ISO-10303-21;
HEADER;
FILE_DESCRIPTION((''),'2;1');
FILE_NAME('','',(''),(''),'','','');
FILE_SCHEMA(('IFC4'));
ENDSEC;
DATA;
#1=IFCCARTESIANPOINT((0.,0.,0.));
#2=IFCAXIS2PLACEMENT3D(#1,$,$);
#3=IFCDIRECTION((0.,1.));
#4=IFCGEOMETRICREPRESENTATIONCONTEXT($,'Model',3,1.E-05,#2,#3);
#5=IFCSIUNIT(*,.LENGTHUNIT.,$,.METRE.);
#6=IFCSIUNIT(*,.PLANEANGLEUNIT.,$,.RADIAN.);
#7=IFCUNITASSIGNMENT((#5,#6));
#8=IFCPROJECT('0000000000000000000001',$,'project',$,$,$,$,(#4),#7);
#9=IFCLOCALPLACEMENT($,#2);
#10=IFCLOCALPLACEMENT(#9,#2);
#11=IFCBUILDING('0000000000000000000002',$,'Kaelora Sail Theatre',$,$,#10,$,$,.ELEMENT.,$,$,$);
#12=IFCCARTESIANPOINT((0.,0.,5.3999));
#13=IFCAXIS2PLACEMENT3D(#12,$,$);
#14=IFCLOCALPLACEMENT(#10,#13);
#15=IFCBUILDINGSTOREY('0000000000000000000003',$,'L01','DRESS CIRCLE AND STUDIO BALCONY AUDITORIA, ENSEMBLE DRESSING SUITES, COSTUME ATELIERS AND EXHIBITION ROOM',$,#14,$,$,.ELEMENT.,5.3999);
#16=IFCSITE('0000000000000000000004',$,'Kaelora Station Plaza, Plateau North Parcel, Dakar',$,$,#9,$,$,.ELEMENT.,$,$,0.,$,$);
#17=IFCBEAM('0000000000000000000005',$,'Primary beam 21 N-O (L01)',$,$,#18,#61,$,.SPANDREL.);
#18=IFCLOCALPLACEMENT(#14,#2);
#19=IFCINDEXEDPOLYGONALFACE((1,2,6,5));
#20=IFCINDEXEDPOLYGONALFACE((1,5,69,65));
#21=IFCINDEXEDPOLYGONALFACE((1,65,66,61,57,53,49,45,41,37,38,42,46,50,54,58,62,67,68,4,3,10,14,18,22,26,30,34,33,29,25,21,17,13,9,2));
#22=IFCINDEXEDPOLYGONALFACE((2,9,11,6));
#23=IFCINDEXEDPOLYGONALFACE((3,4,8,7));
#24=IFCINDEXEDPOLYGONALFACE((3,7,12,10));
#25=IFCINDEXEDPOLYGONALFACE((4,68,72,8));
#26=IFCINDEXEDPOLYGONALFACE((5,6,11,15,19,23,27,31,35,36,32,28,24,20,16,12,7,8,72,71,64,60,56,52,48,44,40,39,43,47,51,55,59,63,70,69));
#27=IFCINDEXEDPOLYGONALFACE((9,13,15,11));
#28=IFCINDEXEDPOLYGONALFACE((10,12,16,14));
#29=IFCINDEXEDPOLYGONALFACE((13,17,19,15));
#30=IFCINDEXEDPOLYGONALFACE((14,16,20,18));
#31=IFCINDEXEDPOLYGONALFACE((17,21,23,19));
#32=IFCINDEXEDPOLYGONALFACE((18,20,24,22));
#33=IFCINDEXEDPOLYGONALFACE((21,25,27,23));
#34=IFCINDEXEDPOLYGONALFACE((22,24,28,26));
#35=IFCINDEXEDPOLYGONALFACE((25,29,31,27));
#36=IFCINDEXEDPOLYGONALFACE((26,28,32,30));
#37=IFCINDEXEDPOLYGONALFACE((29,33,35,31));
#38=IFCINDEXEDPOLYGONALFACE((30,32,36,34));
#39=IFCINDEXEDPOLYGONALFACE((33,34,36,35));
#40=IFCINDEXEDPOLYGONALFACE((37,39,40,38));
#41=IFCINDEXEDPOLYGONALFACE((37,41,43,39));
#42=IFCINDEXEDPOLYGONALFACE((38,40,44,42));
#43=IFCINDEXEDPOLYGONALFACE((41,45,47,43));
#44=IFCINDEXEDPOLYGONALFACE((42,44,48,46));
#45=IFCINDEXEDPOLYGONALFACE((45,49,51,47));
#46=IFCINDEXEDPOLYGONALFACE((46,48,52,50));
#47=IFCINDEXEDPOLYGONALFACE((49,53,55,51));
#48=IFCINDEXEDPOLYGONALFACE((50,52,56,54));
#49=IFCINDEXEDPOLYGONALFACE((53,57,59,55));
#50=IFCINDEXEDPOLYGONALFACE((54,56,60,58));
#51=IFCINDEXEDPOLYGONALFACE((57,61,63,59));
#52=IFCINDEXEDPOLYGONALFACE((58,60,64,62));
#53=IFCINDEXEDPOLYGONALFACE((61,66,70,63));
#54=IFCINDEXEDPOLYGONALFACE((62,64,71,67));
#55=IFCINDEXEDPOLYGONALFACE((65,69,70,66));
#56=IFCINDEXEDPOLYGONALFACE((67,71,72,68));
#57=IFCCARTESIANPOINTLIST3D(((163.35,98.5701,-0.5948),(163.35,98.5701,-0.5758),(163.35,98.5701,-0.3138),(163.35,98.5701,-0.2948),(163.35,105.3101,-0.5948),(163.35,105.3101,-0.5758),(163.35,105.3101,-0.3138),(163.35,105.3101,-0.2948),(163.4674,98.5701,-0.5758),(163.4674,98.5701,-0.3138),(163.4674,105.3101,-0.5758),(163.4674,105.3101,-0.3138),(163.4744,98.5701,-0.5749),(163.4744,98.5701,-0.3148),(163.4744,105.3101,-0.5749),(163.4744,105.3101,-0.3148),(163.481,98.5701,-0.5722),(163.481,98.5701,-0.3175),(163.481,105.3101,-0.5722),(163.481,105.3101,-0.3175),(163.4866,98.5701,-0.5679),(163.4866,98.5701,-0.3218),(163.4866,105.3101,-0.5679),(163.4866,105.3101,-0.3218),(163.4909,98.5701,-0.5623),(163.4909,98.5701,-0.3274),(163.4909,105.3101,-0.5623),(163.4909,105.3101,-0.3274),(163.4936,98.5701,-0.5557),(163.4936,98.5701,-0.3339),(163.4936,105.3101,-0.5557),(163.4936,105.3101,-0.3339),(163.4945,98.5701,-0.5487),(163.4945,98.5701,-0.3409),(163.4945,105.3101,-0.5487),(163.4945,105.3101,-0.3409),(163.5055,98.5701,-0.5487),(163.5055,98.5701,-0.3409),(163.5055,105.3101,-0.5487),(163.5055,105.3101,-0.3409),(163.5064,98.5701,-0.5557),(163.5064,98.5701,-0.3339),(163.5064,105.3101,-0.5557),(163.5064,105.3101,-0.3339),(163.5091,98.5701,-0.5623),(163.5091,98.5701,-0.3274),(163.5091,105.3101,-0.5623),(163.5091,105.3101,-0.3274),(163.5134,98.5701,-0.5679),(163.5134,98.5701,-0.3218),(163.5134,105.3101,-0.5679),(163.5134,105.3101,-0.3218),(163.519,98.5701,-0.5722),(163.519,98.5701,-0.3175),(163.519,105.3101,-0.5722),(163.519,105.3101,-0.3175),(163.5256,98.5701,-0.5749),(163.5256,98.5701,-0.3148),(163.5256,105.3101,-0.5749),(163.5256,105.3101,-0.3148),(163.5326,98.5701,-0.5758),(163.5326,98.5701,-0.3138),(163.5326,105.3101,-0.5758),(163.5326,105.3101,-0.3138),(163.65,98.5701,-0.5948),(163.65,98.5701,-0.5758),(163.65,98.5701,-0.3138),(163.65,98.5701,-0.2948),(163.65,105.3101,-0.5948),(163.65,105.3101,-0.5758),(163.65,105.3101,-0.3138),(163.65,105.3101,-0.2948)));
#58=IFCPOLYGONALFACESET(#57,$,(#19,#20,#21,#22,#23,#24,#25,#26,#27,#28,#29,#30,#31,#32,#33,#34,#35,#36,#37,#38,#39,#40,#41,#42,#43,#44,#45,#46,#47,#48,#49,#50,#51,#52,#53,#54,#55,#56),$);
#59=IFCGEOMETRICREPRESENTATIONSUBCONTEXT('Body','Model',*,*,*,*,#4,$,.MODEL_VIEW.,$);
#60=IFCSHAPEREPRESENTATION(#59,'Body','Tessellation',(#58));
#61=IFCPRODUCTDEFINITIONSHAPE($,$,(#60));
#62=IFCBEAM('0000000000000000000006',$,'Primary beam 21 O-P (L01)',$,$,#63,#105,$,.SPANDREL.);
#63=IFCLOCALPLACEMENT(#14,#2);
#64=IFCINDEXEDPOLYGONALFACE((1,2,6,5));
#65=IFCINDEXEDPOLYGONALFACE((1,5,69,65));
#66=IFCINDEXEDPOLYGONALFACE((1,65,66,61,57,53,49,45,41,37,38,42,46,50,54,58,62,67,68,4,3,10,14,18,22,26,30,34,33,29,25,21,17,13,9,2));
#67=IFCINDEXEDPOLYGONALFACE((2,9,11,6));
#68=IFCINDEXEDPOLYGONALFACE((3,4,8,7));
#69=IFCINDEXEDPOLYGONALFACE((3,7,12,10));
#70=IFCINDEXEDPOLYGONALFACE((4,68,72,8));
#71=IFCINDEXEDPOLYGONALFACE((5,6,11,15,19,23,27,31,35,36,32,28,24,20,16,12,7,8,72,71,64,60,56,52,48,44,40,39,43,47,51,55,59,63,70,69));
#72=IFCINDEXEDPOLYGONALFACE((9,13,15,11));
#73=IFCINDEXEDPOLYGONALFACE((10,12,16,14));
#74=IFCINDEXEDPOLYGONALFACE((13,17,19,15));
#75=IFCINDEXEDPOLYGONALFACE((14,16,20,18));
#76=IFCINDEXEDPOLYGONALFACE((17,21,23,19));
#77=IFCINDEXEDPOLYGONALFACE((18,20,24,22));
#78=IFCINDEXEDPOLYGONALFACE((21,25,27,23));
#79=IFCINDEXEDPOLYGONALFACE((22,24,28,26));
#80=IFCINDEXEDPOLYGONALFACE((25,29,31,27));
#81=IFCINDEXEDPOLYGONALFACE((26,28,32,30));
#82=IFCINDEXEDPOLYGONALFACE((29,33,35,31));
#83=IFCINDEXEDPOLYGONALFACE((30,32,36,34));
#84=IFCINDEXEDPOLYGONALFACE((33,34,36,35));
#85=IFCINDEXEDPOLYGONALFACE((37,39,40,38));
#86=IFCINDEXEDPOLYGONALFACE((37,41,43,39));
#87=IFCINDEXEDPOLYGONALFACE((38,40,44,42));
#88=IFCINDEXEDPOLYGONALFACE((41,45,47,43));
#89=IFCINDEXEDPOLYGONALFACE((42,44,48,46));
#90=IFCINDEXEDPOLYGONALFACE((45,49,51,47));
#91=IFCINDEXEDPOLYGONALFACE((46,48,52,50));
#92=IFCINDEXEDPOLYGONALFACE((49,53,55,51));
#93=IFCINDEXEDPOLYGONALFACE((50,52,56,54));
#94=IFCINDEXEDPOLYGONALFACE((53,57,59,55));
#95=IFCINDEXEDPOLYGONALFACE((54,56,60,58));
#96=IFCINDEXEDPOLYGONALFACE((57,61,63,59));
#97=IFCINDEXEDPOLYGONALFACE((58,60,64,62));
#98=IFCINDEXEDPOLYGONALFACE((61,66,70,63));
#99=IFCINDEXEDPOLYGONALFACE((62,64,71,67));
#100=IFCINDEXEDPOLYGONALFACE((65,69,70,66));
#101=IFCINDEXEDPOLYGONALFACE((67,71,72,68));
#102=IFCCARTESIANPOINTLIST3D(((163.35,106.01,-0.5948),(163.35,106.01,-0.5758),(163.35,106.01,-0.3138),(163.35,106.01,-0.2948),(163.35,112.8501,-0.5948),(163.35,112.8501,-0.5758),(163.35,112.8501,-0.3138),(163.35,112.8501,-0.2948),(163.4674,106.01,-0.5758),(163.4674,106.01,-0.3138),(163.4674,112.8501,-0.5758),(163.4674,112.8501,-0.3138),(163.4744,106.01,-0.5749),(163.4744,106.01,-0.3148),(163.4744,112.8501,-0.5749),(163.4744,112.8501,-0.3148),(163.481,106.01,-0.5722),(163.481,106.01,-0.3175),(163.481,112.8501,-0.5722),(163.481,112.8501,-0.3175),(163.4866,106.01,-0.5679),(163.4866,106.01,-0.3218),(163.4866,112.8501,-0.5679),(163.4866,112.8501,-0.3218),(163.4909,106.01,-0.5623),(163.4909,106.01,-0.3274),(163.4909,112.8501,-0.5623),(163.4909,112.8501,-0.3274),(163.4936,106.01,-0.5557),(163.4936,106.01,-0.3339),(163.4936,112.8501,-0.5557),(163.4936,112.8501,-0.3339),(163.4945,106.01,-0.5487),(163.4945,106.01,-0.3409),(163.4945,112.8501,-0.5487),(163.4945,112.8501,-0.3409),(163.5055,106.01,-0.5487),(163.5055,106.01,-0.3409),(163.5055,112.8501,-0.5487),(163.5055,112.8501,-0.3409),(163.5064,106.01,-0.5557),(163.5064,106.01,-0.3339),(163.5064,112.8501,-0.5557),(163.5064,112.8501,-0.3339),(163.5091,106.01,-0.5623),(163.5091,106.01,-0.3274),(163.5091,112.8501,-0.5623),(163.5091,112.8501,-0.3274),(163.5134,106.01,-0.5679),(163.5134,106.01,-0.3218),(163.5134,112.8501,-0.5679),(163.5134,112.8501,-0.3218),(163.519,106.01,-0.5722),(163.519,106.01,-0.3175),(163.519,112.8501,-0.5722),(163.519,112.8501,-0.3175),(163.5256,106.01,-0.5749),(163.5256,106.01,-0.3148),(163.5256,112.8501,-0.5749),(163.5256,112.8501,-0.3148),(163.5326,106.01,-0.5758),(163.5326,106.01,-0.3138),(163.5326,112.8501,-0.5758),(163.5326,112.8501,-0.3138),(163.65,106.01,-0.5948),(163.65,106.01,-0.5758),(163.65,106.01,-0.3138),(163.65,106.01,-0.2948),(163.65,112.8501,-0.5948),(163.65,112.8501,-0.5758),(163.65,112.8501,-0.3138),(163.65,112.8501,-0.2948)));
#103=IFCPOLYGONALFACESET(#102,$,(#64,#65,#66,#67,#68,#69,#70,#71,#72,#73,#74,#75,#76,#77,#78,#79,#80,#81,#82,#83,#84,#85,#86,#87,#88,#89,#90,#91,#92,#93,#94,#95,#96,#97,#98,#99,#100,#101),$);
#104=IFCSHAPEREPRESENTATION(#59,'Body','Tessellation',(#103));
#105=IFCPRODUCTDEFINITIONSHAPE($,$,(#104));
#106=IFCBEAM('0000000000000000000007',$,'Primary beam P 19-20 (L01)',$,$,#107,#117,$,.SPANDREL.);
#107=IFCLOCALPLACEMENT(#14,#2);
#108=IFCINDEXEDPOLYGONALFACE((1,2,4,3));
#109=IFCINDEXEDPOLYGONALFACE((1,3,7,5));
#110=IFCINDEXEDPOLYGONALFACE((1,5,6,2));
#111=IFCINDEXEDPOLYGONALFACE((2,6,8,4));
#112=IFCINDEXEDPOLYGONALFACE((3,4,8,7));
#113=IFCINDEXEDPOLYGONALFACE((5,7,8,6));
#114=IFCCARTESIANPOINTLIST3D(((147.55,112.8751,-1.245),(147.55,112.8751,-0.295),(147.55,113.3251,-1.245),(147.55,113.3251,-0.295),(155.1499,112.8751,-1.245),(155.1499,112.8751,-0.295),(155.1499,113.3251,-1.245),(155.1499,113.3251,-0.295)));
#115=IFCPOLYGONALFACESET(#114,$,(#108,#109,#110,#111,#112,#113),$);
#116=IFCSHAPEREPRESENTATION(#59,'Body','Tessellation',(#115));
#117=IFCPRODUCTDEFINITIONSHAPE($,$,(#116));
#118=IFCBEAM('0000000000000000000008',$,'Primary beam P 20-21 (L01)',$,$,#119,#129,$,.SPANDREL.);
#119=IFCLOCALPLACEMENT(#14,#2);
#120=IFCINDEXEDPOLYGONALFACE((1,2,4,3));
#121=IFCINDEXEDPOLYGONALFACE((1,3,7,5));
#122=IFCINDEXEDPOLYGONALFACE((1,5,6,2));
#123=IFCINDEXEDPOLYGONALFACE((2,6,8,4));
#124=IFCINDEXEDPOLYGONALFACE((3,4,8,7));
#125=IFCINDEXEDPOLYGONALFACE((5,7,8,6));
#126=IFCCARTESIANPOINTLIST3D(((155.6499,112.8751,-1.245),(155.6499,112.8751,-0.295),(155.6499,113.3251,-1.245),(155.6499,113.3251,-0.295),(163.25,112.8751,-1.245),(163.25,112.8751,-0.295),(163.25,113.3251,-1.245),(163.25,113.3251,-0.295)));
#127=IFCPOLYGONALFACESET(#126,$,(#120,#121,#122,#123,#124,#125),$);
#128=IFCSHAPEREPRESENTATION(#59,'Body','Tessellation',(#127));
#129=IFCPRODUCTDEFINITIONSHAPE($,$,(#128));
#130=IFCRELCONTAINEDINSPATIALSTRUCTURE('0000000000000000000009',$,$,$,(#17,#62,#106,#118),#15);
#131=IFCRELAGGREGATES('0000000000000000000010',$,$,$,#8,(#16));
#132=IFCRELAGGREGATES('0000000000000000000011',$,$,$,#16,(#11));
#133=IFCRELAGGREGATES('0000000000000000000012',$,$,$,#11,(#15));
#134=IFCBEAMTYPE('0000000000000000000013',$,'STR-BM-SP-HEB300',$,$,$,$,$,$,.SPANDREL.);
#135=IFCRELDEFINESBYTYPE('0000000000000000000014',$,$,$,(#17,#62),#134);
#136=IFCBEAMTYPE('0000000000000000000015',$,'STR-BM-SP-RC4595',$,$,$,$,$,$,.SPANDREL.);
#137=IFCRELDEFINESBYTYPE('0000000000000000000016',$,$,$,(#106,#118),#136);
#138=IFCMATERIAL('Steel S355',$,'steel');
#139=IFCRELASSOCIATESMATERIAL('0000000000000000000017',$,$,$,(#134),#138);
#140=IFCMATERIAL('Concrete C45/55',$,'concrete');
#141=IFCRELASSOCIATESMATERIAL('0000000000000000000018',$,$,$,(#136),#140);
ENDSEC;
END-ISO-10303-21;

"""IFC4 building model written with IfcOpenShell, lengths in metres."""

from ifc_helpers import new_model, si_unit, direction, frame, origin, origin_2d, place, context, subcontext, project, spatial, rectangle, i_section, extrude, material, material_profile, profile_set, type_object, element, save


model = new_model("IFC4")

# Units and contexts
model_context = context("Model", 3, precision=1e-05, world=origin(), true_north=direction((0.0, 1.0)))
body_context = subcontext(model_context, "Body", "Model", "MODEL_VIEW")
ifc_project = project(units=[si_unit("LENGTHUNIT", "METRE"), si_unit("PLANEANGLEUNIT", "RADIAN")], contexts=[model_context])

# Site, building, storey
site_placement = place(None, origin())
site = spatial("IfcSite", under=ifc_project, at=site_placement, Name="Kaelora Station Plaza, Plateau North Parcel, Dakar", CompositionType="ELEMENT", RefElevation=0.0)
building_placement = place(site_placement, origin())
building = spatial("IfcBuilding", under=site, at=building_placement, Name="Kaelora Sail Theatre", CompositionType="ELEMENT")
storey_placement = place(building_placement, frame((0.0, 0.0, 5.3999)))
storey = spatial("IfcBuildingStorey", under=building, at=storey_placement, Name="L01", Description="DRESS CIRCLE AND STUDIO BALCONY AUDITORIA, ENSEMBLE DRESSING SUITES, COSTUME ATELIERS AND EXHIBITION ROOM", CompositionType="ELEMENT", Elevation=5.3999)

# Beams
ifc_material_1 = material(Name="Steel S355", Category="steel")
ifc_material_profile_1 = material_profile(ifc_material_1, i_section(OverallWidth=0.3, OverallDepth=0.3, WebThickness=0.011, FlangeThickness=0.019, FilletRadius=0.0271, at=origin_2d()), Name="HEB 300")
ifc_profile_set_1 = profile_set([ifc_material_profile_1], Name="Steel S355")
beam_type_1 = type_object("IfcBeamType", Name="STR-BM-SP-HEB300", PredefinedType="SPANDREL", material=ifc_profile_set_1)
beam_1_placement = place(storey_placement, frame((163.5, 98.5701, -0.4448), z_axis=(0.0, 1.0, 0.0), x_axis=(-1.0, 0.0, 0.0)))
element("IfcBeam", 1, at=beam_1_placement, inside=storey, type_object=beam_type_1, Name="Primary beam 21 N-O (L01)", PredefinedType="SPANDREL", context=body_context, shape_type="SweptSolid", body=[
    extrude(i_section(OverallWidth=0.3, OverallDepth=0.3, WebThickness=0.011, FlangeThickness=0.019, FilletRadius=0.0271, at=origin_2d()), origin(), (0.0, 0.0, 1.0), 6.74),
])
beam_2_placement = place(storey_placement, frame((163.5, 106.01, -0.4448), z_axis=(0.0, 1.0, 0.0), x_axis=(-1.0, 0.0, 0.0)))
element("IfcBeam", 2, at=beam_2_placement, inside=storey, type_object=beam_type_1, Name="Primary beam 21 O-P (L01)", PredefinedType="SPANDREL", context=body_context, shape_type="SweptSolid", body=[
    extrude(i_section(OverallWidth=0.3, OverallDepth=0.3, WebThickness=0.011, FlangeThickness=0.019, FilletRadius=0.0271, at=origin_2d()), origin(), (0.0, 0.0, 1.0), 6.8401),
])
ifc_material_2 = material(Name="Concrete C45/55", Category="concrete")
ifc_material_profile_2 = material_profile(ifc_material_2, rectangle(XDim=0.45, YDim=0.95, at=origin_2d()), Name="RC-SPN 450x950")
ifc_profile_set_2 = profile_set([ifc_material_profile_2], Name="Concrete C45/55")
beam_type_2 = type_object("IfcBeamType", Name="STR-BM-SP-RC4595", PredefinedType="SPANDREL", material=ifc_profile_set_2)
beam_3_placement = place(storey_placement, frame((147.55, 113.1001, -0.77), z_axis=(1.0, 0.0, 0.0), x_axis=(0.0, 1.0, 0.0)))
element("IfcBeam", 3, at=beam_3_placement, inside=storey, type_object=beam_type_2, Name="Primary beam P 19-20 (L01)", PredefinedType="SPANDREL", context=body_context, shape_type="SweptSolid", body=[
    extrude(rectangle(XDim=0.45, YDim=0.95, at=origin_2d()), origin(), (0.0, 0.0, 1.0), 7.5999),
])
beam_4_placement = place(storey_placement, frame((155.6499, 113.1001, -0.77), z_axis=(1.0, 0.0, 0.0), x_axis=(0.0, 1.0, 0.0)))
element("IfcBeam", 4, at=beam_4_placement, inside=storey, type_object=beam_type_2, Name="Primary beam P 20-21 (L01)", PredefinedType="SPANDREL", context=body_context, shape_type="SweptSolid", body=[
    extrude(rectangle(XDim=0.45, YDim=0.95, at=origin_2d()), origin(), (0.0, 0.0, 1.0), 7.6001),
])

save(model, "model.ifc")
